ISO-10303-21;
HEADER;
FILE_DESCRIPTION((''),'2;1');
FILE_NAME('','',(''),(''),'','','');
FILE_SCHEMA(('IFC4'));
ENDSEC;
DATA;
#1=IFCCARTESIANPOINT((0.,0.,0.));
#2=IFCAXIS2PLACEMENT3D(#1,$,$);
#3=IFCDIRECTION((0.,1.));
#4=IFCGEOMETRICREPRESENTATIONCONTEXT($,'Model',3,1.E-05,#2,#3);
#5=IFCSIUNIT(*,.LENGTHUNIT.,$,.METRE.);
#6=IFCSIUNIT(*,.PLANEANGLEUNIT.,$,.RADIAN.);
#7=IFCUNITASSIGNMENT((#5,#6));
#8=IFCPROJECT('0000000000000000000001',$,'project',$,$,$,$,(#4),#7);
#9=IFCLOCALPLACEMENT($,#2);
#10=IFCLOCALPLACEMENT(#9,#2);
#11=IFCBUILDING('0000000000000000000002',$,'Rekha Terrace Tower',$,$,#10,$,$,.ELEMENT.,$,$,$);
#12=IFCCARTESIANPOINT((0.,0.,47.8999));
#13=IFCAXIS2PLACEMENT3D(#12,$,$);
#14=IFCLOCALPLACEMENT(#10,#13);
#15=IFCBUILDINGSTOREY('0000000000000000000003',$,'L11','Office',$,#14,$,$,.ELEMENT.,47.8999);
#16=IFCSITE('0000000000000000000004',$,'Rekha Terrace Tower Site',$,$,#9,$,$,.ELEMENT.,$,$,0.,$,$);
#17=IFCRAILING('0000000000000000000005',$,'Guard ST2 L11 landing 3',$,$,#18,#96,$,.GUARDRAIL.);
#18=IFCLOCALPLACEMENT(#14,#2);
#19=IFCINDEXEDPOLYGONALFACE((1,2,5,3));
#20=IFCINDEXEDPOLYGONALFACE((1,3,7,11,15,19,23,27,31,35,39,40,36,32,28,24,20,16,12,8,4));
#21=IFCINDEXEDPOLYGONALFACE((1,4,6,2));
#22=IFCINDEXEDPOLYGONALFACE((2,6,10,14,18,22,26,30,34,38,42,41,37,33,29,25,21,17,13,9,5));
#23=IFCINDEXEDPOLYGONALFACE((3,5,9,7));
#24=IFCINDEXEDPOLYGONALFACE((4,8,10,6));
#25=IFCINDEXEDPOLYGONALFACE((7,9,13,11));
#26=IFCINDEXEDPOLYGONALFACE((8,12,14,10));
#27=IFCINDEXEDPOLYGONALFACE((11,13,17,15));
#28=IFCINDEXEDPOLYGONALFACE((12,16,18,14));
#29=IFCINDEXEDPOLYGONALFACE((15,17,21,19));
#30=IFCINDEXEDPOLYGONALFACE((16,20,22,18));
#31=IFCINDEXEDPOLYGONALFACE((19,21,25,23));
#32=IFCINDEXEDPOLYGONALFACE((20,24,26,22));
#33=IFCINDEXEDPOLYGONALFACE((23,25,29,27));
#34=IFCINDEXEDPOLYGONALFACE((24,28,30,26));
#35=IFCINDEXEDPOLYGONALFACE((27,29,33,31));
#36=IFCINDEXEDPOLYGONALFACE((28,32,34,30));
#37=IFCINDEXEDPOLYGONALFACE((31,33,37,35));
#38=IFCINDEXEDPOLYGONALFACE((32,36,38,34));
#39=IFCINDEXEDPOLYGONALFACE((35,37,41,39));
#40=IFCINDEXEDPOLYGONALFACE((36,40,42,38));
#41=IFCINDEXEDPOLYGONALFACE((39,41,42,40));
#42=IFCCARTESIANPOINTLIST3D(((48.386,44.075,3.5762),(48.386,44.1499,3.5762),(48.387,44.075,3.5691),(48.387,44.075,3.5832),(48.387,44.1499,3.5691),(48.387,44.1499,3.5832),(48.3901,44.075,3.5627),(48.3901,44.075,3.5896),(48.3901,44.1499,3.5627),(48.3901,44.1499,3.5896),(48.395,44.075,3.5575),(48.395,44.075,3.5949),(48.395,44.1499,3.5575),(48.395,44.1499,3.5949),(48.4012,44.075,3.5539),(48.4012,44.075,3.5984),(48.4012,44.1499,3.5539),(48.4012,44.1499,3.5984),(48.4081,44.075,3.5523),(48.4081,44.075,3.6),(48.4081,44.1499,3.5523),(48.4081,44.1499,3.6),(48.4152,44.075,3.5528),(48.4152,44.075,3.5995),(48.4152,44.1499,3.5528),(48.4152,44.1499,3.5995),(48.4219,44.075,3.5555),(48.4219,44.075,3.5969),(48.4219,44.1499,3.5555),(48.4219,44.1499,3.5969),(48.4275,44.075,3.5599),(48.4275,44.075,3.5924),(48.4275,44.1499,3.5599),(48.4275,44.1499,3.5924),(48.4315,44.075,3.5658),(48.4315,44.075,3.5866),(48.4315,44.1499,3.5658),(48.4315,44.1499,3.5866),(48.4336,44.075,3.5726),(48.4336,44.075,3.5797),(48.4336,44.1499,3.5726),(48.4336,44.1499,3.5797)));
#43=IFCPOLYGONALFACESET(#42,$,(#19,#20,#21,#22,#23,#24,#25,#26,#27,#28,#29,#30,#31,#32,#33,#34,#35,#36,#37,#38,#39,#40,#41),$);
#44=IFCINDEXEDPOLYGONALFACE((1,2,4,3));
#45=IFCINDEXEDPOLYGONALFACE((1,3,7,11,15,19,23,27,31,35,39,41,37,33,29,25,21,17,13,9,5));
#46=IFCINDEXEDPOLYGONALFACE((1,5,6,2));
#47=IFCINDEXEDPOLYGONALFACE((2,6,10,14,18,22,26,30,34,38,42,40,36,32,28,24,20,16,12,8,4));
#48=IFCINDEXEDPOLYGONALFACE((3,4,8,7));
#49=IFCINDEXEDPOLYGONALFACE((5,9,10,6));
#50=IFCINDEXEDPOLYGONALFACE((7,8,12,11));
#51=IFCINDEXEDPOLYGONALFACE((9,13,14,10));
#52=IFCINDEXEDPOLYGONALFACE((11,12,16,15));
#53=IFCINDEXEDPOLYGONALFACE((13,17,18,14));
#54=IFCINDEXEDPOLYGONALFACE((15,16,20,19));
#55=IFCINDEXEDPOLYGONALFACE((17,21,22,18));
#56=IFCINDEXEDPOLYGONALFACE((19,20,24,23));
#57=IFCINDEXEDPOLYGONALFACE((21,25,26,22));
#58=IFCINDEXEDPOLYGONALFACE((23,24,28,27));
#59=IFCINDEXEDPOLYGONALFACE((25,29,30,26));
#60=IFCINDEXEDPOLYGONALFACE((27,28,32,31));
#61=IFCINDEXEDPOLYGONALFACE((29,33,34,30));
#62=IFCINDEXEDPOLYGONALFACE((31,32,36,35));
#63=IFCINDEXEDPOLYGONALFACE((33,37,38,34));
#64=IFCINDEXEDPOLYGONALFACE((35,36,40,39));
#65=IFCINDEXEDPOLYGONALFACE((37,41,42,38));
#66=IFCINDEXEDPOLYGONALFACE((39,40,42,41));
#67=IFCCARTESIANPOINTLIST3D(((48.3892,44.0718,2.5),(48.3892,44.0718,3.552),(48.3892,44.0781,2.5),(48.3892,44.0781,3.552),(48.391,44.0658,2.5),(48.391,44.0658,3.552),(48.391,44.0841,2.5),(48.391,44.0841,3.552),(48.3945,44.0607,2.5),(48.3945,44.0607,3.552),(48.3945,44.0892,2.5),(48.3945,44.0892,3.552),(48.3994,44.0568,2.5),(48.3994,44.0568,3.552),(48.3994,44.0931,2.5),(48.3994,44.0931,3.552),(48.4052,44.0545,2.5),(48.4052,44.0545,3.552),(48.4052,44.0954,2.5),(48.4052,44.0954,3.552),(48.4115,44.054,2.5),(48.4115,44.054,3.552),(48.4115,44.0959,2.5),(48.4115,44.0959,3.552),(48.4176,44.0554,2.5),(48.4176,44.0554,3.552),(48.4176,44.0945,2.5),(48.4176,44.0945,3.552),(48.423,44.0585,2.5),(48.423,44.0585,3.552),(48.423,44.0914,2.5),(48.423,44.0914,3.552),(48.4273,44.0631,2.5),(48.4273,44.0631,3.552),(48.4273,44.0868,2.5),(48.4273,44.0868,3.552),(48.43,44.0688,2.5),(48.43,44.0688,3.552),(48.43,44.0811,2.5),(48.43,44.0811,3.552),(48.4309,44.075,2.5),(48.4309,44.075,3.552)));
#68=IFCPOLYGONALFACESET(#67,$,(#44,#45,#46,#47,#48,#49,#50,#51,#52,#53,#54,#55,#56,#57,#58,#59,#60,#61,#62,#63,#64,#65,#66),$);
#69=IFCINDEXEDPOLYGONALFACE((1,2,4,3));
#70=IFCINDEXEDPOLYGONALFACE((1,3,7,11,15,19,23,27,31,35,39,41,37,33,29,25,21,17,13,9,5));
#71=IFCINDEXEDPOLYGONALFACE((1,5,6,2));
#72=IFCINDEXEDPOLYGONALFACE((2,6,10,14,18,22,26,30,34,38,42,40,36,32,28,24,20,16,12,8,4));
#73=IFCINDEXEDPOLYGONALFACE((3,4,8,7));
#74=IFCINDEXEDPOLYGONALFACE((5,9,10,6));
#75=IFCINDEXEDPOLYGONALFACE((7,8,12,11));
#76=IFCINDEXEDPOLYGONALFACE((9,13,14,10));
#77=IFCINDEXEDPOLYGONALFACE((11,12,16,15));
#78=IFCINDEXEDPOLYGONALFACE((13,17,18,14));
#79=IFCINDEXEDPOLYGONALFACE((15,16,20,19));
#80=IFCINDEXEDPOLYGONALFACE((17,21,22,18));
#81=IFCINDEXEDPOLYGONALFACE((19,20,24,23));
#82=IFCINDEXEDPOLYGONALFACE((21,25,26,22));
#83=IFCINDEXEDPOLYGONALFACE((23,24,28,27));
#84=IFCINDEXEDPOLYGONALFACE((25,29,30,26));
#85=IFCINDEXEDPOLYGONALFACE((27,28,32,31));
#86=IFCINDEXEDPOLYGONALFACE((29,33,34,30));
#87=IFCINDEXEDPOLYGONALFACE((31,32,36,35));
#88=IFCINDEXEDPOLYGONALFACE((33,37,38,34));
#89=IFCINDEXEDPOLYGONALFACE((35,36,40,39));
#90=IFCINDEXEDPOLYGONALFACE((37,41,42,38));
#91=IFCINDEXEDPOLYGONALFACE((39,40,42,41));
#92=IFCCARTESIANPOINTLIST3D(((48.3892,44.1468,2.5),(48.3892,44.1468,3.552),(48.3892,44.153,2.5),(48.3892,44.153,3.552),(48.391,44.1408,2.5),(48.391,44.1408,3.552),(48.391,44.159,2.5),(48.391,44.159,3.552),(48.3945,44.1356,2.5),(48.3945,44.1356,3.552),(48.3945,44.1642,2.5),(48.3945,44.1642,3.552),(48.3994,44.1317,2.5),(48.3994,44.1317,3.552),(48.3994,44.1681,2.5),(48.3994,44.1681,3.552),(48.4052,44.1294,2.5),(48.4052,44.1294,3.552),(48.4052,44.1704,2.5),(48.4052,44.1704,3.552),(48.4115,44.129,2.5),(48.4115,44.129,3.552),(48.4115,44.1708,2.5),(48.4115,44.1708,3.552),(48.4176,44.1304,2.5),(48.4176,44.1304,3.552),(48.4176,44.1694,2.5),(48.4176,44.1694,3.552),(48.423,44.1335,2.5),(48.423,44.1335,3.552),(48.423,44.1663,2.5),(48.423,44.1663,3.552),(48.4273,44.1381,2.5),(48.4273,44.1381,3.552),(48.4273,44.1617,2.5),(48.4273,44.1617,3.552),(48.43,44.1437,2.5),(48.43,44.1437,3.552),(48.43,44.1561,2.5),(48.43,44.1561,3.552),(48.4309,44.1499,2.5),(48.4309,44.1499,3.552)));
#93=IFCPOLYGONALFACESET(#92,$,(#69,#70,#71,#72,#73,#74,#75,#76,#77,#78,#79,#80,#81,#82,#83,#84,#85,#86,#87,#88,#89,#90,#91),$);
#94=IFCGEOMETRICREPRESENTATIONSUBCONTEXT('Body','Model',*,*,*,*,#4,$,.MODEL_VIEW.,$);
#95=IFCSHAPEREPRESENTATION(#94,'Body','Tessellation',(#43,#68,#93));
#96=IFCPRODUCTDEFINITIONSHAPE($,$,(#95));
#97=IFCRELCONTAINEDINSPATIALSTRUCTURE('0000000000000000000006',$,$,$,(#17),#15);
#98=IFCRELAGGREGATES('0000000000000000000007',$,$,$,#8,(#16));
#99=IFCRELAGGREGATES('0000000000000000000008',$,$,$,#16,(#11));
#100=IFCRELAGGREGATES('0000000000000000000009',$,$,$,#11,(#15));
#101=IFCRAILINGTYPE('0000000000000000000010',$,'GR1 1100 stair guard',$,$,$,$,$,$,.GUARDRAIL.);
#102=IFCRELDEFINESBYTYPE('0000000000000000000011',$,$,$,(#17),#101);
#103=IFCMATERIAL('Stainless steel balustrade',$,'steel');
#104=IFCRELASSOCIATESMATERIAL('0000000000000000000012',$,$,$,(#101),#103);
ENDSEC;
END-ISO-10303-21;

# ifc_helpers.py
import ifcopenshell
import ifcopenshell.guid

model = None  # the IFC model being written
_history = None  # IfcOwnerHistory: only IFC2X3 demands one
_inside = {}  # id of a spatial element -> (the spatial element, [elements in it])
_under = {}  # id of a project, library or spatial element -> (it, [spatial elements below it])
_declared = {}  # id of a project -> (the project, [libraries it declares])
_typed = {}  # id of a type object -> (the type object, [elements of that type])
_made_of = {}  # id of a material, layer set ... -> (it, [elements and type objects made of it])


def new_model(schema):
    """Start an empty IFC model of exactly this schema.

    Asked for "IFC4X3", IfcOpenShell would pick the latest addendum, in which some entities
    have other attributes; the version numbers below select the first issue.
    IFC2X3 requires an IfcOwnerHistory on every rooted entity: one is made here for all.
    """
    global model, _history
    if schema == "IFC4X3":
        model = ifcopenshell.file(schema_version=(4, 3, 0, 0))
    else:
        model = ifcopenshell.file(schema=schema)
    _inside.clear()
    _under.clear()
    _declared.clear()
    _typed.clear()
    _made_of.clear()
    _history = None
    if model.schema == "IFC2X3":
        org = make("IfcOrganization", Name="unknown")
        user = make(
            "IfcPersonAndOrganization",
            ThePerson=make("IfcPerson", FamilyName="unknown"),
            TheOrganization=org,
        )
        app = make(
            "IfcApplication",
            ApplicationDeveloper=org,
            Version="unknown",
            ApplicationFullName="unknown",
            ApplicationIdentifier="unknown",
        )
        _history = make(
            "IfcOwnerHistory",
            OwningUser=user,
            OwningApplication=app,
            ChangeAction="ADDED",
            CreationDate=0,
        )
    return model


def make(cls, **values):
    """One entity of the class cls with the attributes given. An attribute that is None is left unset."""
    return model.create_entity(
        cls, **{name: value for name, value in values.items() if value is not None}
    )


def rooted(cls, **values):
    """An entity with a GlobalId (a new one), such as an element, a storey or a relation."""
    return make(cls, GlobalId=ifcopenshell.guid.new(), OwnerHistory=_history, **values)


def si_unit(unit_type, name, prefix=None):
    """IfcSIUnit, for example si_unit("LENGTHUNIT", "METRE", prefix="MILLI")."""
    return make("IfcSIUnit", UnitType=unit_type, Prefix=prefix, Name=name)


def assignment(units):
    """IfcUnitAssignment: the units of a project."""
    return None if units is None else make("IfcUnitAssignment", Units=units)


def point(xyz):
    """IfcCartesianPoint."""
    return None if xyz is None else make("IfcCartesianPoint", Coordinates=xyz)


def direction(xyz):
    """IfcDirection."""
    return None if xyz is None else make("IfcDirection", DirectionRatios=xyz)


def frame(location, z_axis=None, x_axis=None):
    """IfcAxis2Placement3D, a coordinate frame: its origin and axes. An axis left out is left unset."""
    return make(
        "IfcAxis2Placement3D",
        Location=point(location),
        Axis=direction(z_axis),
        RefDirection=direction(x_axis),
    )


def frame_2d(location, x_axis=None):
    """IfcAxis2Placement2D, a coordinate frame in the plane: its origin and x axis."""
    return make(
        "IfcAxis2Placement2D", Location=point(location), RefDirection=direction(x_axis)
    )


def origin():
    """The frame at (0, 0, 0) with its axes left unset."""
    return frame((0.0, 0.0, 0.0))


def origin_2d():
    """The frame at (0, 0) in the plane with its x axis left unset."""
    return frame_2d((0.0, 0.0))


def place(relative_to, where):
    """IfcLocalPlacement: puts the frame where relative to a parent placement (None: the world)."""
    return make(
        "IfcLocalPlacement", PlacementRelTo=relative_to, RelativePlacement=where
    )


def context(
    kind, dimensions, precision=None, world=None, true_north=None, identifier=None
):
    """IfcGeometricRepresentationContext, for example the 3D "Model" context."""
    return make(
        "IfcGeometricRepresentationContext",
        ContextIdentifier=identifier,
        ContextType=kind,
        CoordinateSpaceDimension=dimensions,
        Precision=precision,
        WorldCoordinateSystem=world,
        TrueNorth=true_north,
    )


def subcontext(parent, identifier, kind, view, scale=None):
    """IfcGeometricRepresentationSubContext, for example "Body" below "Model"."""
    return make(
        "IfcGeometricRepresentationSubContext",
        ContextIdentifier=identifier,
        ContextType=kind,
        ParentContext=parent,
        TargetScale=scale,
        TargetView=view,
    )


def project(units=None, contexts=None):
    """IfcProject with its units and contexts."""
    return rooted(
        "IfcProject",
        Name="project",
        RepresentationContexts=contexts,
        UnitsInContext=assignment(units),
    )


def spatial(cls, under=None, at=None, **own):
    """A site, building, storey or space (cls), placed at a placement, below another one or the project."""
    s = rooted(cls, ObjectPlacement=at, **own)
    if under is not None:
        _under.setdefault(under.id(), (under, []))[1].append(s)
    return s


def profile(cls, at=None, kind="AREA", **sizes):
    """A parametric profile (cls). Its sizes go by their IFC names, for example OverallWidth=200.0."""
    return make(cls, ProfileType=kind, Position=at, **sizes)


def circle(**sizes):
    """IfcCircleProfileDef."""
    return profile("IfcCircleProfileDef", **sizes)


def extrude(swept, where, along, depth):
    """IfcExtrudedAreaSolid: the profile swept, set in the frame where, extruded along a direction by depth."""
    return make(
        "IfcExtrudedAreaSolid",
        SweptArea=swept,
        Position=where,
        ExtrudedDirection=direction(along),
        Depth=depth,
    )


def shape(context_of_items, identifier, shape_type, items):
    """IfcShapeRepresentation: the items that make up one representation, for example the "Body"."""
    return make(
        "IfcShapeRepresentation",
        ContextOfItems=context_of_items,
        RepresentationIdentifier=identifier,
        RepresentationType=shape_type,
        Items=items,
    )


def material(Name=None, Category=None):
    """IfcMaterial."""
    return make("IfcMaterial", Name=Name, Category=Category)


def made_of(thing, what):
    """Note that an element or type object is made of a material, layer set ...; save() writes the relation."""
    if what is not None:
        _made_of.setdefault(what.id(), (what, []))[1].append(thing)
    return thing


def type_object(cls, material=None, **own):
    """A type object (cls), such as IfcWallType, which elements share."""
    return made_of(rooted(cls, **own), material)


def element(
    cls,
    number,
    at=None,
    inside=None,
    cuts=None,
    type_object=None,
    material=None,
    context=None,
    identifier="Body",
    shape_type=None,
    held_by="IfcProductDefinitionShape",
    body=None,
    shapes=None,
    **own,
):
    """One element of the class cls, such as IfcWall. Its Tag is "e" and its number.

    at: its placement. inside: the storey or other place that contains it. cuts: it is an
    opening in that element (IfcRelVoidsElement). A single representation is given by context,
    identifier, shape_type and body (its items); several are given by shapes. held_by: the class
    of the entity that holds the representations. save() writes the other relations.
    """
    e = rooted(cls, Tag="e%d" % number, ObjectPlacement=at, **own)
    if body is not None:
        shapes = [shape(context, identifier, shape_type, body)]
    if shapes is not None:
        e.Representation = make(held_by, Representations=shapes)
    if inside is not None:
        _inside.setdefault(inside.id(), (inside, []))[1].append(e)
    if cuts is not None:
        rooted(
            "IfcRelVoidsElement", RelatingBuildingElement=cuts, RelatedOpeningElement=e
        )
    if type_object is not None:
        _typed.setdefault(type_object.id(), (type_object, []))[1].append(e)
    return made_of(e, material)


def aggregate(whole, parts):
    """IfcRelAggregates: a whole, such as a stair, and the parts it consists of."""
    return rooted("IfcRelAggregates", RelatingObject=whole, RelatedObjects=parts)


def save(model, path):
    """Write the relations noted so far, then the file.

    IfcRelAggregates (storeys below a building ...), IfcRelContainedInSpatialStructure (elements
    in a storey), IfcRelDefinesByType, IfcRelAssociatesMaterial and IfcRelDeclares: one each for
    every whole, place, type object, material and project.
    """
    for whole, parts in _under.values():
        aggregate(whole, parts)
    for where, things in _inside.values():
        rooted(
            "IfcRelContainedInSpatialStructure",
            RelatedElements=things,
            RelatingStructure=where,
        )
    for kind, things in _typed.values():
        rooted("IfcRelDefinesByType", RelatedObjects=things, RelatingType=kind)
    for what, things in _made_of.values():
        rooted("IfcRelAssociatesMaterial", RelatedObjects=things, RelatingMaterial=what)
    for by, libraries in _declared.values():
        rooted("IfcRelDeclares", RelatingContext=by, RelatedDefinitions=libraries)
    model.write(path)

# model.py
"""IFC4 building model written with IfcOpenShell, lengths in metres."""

from ifc_helpers import new_model, si_unit, direction, frame, origin, origin_2d, place, context, subcontext, project, spatial, circle, extrude, material, type_object, element, save


model = new_model("IFC4")

# Units and contexts
model_context = context("Model", 3, precision=1e-05, world=origin(), true_north=direction((0.0, 1.0)))
body_context = subcontext(model_context, "Body", "Model", "MODEL_VIEW")
ifc_project = project(units=[si_unit("LENGTHUNIT", "METRE"), si_unit("PLANEANGLEUNIT", "RADIAN")], contexts=[model_context])

# Site, building, storey
site_placement = place(None, origin())
site = spatial("IfcSite", under=ifc_project, at=site_placement, Name="Rekha Terrace Tower Site", CompositionType="ELEMENT", RefElevation=0.0)
building_placement = place(site_placement, origin())
building = spatial("IfcBuilding", under=site, at=building_placement, Name="Rekha Terrace Tower", CompositionType="ELEMENT")
storey_placement = place(building_placement, frame((0.0, 0.0, 47.8999)))
storey = spatial("IfcBuildingStorey", under=building, at=storey_placement, Name="L11", Description="Office", CompositionType="ELEMENT", Elevation=47.8999)

# Railing
ifc_material_1 = material(Name="Stainless steel balustrade", Category="steel")
railing_type_1 = type_object("IfcRailingType", Name="GR1 1100 stair guard", PredefinedType="GUARDRAIL", material=ifc_material_1)
railing_1_placement = place(storey_placement, frame((48.4099, 44.075, 2.5)))
element("IfcRailing", 1, at=railing_1_placement, inside=storey, type_object=railing_type_1, Name="Guard ST2 L11 landing 3", PredefinedType="GUARDRAIL", context=body_context, shape_type="SweptSolid", body=[
    extrude(circle(Radius=0.0239, at=origin_2d()), frame((0.0, 0.0, 1.0762), z_axis=(0.0, 1.0, 0.0), x_axis=(-1.0, 0.0, 0.0)), (0.0, 0.0, 1.0), 0.075),
    extrude(circle(Radius=0.021, at=origin_2d()), origin(), (0.0, 0.0, 1.0), 1.052),
    extrude(circle(Radius=0.021, at=origin_2d()), frame((0.0, 0.075, 0.0)), (0.0, 0.0, 1.0), 1.052),
])

save(model, "model.ifc")
